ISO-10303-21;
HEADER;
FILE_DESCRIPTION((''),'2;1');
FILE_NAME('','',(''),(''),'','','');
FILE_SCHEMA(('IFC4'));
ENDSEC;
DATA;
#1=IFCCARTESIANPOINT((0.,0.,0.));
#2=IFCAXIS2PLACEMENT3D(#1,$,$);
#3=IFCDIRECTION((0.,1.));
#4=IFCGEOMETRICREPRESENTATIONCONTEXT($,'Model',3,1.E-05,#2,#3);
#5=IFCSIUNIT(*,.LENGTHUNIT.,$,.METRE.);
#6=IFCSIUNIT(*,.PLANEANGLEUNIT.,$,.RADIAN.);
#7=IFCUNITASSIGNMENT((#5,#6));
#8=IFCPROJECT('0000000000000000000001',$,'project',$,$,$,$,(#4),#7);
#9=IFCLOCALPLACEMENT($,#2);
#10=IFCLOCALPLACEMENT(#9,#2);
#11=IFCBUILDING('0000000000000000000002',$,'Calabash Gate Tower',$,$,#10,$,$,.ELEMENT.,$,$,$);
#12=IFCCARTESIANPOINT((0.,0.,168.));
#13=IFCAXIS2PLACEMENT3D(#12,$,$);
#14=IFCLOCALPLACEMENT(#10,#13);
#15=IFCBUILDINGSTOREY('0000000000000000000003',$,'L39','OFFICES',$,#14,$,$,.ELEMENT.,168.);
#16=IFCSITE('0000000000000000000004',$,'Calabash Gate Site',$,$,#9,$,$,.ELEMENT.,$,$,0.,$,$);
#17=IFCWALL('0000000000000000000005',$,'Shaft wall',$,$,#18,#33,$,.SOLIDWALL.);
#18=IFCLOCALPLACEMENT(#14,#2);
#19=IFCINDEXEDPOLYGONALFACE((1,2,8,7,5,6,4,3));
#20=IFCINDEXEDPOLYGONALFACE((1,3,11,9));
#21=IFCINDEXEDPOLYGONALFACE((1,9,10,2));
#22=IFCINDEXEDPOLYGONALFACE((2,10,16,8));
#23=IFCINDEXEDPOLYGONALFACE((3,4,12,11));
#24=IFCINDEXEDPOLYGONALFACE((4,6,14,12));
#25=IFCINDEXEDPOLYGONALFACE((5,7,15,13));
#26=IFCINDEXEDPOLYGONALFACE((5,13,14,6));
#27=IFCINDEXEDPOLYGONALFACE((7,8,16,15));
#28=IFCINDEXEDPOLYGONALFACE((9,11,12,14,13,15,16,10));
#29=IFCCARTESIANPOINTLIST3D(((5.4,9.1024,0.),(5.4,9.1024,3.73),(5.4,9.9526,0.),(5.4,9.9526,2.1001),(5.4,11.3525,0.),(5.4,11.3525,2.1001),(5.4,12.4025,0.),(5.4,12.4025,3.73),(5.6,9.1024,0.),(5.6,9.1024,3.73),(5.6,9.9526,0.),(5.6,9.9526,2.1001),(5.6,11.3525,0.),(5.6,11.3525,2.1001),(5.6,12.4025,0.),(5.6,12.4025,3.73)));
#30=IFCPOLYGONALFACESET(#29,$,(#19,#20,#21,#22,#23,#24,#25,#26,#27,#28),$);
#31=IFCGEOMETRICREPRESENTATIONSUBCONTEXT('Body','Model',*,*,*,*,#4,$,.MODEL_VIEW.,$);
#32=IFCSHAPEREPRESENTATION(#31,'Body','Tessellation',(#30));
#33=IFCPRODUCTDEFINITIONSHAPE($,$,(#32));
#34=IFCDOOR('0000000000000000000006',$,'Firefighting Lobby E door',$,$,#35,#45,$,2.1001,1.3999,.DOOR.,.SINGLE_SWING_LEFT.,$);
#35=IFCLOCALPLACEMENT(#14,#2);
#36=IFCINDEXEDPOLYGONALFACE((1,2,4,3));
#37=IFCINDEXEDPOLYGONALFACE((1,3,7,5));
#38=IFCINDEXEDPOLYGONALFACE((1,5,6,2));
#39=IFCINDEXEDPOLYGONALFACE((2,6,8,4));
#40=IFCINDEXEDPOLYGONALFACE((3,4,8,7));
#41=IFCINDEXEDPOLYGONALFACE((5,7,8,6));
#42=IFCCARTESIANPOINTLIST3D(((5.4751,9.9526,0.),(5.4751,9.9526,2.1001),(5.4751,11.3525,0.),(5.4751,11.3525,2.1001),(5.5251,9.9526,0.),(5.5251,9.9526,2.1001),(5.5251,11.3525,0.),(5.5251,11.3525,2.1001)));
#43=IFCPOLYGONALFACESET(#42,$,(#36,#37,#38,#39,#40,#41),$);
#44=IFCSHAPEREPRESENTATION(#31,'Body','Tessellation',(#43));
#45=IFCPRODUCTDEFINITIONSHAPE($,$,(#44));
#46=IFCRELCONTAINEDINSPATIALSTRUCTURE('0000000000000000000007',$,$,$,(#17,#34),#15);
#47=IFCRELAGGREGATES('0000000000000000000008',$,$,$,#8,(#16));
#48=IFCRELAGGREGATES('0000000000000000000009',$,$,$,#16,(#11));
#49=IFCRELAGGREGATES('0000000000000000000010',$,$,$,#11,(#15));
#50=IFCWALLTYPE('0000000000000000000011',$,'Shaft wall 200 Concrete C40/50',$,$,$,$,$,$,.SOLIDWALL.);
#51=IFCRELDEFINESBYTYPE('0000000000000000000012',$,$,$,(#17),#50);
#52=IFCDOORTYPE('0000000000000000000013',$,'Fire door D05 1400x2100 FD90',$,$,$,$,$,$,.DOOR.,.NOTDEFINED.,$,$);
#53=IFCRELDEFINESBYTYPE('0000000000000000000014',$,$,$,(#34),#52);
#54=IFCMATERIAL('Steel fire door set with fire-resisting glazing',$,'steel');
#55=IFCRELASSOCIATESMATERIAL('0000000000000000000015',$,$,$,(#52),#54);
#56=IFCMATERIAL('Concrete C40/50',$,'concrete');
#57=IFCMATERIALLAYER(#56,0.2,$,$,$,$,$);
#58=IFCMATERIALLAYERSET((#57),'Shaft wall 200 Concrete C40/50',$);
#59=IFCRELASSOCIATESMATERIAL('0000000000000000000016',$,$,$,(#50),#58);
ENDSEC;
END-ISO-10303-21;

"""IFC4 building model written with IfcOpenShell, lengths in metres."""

from ifc_helpers import new_model, si_unit, direction, frame, frame_2d, origin, place, context, subcontext, project, spatial, rectangle, extrude, material, layer, layer_set, type_object, element, fill, save


model = new_model("IFC4")

# Units and contexts
model_context = context("Model", 3, precision=1e-05, world=origin(), true_north=direction((0.0, 1.0)))
body_context = subcontext(model_context, "Body", "Model", "MODEL_VIEW")
ifc_project = project(units=[si_unit("LENGTHUNIT", "METRE"), si_unit("PLANEANGLEUNIT", "RADIAN")], contexts=[model_context])

# Site, building, storey
site_placement = place(None, origin())
site = spatial("IfcSite", under=ifc_project, at=site_placement, Name="Calabash Gate Site", CompositionType="ELEMENT", RefElevation=0.0)
building_placement = place(site_placement, origin())
building = spatial("IfcBuilding", under=site, at=building_placement, Name="Calabash Gate Tower", CompositionType="ELEMENT")
storey_placement = place(building_placement, frame((0.0, 0.0, 168.0)))
storey = spatial("IfcBuildingStorey", under=building, at=storey_placement, Name="L39", Description="OFFICES", CompositionType="ELEMENT", Elevation=168.0)

# Shared definitions
ifc_material_1 = material(Name="Steel fire door set with fire-resisting glazing", Category="steel")
door_type_1 = type_object("IfcDoorType", Name="Fire door D05 1400x2100 FD90", OperationType="NOTDEFINED", PredefinedType="DOOR", material=ifc_material_1)

# Shared definitions
ifc_material_2 = material(Name="Concrete C40/50", Category="concrete")
ifc_layer_1 = layer(ifc_material_2, 0.2)
ifc_layer_set_1 = layer_set([ifc_layer_1], Name="Shaft wall 200 Concrete C40/50")
wall_type_1 = type_object("IfcWallType", Name="Shaft wall 200 Concrete C40/50", PredefinedType="SOLIDWALL", material=ifc_layer_set_1)

# Wall, opening, door
wall_1_placement = place(storey_placement, frame((5.5, 9.1025, 0.0), z_axis=(0.0, 0.0, 1.0), x_axis=(0.0, 1.0, 0.0)))
wall_1 = element("IfcWall", 1, at=wall_1_placement, inside=storey, type_object=wall_type_1, Name="Shaft wall", PredefinedType="SOLIDWALL", context=body_context, shape_type="SweptSolid", body=[
    extrude(rectangle(XDim=3.3, YDim=0.2, at=frame_2d((1.6499, 0.0))), origin(), (0.0, 0.0, 1.0), 3.73),
])
opening_1_placement = place(wall_1_placement, frame((0.8501, 0.0, 0.0)))
opening_1 = element("IfcOpeningElement", 2, at=opening_1_placement, cuts=wall_1, PredefinedType="OPENING", context=body_context, shape_type="SweptSolid", body=[
    extrude(rectangle(XDim=1.3999, YDim=2.1001, at=frame_2d((0.7, 1.05))), frame((0.0, 0.1099, 0.0), z_axis=(0.0, -1.0, 0.0), x_axis=(1.0, 0.0, 0.0)), (0.0, 0.0, 1.0), 0.22),
])
door_1_placement = place(opening_1_placement, origin())
door_1 = element("IfcDoor", 3, at=door_1_placement, inside=storey, type_object=door_type_1, Name="Firefighting Lobby E door", OperationType="SINGLE_SWING_LEFT", OverallHeight=2.1001, OverallWidth=1.3999, PredefinedType="DOOR", context=body_context, shape_type="SweptSolid", body=[
    extrude(rectangle(XDim=1.3999, YDim=2.1001, at=frame_2d((0.7, 1.05))), frame((0.0, 0.0249, 0.0), z_axis=(0.0, -1.0, 0.0), x_axis=(1.0, 0.0, 0.0)), (0.0, 0.0, 1.0), 0.05),
])
fill(opening_1, door_1)

save(model, "model.ifc")
